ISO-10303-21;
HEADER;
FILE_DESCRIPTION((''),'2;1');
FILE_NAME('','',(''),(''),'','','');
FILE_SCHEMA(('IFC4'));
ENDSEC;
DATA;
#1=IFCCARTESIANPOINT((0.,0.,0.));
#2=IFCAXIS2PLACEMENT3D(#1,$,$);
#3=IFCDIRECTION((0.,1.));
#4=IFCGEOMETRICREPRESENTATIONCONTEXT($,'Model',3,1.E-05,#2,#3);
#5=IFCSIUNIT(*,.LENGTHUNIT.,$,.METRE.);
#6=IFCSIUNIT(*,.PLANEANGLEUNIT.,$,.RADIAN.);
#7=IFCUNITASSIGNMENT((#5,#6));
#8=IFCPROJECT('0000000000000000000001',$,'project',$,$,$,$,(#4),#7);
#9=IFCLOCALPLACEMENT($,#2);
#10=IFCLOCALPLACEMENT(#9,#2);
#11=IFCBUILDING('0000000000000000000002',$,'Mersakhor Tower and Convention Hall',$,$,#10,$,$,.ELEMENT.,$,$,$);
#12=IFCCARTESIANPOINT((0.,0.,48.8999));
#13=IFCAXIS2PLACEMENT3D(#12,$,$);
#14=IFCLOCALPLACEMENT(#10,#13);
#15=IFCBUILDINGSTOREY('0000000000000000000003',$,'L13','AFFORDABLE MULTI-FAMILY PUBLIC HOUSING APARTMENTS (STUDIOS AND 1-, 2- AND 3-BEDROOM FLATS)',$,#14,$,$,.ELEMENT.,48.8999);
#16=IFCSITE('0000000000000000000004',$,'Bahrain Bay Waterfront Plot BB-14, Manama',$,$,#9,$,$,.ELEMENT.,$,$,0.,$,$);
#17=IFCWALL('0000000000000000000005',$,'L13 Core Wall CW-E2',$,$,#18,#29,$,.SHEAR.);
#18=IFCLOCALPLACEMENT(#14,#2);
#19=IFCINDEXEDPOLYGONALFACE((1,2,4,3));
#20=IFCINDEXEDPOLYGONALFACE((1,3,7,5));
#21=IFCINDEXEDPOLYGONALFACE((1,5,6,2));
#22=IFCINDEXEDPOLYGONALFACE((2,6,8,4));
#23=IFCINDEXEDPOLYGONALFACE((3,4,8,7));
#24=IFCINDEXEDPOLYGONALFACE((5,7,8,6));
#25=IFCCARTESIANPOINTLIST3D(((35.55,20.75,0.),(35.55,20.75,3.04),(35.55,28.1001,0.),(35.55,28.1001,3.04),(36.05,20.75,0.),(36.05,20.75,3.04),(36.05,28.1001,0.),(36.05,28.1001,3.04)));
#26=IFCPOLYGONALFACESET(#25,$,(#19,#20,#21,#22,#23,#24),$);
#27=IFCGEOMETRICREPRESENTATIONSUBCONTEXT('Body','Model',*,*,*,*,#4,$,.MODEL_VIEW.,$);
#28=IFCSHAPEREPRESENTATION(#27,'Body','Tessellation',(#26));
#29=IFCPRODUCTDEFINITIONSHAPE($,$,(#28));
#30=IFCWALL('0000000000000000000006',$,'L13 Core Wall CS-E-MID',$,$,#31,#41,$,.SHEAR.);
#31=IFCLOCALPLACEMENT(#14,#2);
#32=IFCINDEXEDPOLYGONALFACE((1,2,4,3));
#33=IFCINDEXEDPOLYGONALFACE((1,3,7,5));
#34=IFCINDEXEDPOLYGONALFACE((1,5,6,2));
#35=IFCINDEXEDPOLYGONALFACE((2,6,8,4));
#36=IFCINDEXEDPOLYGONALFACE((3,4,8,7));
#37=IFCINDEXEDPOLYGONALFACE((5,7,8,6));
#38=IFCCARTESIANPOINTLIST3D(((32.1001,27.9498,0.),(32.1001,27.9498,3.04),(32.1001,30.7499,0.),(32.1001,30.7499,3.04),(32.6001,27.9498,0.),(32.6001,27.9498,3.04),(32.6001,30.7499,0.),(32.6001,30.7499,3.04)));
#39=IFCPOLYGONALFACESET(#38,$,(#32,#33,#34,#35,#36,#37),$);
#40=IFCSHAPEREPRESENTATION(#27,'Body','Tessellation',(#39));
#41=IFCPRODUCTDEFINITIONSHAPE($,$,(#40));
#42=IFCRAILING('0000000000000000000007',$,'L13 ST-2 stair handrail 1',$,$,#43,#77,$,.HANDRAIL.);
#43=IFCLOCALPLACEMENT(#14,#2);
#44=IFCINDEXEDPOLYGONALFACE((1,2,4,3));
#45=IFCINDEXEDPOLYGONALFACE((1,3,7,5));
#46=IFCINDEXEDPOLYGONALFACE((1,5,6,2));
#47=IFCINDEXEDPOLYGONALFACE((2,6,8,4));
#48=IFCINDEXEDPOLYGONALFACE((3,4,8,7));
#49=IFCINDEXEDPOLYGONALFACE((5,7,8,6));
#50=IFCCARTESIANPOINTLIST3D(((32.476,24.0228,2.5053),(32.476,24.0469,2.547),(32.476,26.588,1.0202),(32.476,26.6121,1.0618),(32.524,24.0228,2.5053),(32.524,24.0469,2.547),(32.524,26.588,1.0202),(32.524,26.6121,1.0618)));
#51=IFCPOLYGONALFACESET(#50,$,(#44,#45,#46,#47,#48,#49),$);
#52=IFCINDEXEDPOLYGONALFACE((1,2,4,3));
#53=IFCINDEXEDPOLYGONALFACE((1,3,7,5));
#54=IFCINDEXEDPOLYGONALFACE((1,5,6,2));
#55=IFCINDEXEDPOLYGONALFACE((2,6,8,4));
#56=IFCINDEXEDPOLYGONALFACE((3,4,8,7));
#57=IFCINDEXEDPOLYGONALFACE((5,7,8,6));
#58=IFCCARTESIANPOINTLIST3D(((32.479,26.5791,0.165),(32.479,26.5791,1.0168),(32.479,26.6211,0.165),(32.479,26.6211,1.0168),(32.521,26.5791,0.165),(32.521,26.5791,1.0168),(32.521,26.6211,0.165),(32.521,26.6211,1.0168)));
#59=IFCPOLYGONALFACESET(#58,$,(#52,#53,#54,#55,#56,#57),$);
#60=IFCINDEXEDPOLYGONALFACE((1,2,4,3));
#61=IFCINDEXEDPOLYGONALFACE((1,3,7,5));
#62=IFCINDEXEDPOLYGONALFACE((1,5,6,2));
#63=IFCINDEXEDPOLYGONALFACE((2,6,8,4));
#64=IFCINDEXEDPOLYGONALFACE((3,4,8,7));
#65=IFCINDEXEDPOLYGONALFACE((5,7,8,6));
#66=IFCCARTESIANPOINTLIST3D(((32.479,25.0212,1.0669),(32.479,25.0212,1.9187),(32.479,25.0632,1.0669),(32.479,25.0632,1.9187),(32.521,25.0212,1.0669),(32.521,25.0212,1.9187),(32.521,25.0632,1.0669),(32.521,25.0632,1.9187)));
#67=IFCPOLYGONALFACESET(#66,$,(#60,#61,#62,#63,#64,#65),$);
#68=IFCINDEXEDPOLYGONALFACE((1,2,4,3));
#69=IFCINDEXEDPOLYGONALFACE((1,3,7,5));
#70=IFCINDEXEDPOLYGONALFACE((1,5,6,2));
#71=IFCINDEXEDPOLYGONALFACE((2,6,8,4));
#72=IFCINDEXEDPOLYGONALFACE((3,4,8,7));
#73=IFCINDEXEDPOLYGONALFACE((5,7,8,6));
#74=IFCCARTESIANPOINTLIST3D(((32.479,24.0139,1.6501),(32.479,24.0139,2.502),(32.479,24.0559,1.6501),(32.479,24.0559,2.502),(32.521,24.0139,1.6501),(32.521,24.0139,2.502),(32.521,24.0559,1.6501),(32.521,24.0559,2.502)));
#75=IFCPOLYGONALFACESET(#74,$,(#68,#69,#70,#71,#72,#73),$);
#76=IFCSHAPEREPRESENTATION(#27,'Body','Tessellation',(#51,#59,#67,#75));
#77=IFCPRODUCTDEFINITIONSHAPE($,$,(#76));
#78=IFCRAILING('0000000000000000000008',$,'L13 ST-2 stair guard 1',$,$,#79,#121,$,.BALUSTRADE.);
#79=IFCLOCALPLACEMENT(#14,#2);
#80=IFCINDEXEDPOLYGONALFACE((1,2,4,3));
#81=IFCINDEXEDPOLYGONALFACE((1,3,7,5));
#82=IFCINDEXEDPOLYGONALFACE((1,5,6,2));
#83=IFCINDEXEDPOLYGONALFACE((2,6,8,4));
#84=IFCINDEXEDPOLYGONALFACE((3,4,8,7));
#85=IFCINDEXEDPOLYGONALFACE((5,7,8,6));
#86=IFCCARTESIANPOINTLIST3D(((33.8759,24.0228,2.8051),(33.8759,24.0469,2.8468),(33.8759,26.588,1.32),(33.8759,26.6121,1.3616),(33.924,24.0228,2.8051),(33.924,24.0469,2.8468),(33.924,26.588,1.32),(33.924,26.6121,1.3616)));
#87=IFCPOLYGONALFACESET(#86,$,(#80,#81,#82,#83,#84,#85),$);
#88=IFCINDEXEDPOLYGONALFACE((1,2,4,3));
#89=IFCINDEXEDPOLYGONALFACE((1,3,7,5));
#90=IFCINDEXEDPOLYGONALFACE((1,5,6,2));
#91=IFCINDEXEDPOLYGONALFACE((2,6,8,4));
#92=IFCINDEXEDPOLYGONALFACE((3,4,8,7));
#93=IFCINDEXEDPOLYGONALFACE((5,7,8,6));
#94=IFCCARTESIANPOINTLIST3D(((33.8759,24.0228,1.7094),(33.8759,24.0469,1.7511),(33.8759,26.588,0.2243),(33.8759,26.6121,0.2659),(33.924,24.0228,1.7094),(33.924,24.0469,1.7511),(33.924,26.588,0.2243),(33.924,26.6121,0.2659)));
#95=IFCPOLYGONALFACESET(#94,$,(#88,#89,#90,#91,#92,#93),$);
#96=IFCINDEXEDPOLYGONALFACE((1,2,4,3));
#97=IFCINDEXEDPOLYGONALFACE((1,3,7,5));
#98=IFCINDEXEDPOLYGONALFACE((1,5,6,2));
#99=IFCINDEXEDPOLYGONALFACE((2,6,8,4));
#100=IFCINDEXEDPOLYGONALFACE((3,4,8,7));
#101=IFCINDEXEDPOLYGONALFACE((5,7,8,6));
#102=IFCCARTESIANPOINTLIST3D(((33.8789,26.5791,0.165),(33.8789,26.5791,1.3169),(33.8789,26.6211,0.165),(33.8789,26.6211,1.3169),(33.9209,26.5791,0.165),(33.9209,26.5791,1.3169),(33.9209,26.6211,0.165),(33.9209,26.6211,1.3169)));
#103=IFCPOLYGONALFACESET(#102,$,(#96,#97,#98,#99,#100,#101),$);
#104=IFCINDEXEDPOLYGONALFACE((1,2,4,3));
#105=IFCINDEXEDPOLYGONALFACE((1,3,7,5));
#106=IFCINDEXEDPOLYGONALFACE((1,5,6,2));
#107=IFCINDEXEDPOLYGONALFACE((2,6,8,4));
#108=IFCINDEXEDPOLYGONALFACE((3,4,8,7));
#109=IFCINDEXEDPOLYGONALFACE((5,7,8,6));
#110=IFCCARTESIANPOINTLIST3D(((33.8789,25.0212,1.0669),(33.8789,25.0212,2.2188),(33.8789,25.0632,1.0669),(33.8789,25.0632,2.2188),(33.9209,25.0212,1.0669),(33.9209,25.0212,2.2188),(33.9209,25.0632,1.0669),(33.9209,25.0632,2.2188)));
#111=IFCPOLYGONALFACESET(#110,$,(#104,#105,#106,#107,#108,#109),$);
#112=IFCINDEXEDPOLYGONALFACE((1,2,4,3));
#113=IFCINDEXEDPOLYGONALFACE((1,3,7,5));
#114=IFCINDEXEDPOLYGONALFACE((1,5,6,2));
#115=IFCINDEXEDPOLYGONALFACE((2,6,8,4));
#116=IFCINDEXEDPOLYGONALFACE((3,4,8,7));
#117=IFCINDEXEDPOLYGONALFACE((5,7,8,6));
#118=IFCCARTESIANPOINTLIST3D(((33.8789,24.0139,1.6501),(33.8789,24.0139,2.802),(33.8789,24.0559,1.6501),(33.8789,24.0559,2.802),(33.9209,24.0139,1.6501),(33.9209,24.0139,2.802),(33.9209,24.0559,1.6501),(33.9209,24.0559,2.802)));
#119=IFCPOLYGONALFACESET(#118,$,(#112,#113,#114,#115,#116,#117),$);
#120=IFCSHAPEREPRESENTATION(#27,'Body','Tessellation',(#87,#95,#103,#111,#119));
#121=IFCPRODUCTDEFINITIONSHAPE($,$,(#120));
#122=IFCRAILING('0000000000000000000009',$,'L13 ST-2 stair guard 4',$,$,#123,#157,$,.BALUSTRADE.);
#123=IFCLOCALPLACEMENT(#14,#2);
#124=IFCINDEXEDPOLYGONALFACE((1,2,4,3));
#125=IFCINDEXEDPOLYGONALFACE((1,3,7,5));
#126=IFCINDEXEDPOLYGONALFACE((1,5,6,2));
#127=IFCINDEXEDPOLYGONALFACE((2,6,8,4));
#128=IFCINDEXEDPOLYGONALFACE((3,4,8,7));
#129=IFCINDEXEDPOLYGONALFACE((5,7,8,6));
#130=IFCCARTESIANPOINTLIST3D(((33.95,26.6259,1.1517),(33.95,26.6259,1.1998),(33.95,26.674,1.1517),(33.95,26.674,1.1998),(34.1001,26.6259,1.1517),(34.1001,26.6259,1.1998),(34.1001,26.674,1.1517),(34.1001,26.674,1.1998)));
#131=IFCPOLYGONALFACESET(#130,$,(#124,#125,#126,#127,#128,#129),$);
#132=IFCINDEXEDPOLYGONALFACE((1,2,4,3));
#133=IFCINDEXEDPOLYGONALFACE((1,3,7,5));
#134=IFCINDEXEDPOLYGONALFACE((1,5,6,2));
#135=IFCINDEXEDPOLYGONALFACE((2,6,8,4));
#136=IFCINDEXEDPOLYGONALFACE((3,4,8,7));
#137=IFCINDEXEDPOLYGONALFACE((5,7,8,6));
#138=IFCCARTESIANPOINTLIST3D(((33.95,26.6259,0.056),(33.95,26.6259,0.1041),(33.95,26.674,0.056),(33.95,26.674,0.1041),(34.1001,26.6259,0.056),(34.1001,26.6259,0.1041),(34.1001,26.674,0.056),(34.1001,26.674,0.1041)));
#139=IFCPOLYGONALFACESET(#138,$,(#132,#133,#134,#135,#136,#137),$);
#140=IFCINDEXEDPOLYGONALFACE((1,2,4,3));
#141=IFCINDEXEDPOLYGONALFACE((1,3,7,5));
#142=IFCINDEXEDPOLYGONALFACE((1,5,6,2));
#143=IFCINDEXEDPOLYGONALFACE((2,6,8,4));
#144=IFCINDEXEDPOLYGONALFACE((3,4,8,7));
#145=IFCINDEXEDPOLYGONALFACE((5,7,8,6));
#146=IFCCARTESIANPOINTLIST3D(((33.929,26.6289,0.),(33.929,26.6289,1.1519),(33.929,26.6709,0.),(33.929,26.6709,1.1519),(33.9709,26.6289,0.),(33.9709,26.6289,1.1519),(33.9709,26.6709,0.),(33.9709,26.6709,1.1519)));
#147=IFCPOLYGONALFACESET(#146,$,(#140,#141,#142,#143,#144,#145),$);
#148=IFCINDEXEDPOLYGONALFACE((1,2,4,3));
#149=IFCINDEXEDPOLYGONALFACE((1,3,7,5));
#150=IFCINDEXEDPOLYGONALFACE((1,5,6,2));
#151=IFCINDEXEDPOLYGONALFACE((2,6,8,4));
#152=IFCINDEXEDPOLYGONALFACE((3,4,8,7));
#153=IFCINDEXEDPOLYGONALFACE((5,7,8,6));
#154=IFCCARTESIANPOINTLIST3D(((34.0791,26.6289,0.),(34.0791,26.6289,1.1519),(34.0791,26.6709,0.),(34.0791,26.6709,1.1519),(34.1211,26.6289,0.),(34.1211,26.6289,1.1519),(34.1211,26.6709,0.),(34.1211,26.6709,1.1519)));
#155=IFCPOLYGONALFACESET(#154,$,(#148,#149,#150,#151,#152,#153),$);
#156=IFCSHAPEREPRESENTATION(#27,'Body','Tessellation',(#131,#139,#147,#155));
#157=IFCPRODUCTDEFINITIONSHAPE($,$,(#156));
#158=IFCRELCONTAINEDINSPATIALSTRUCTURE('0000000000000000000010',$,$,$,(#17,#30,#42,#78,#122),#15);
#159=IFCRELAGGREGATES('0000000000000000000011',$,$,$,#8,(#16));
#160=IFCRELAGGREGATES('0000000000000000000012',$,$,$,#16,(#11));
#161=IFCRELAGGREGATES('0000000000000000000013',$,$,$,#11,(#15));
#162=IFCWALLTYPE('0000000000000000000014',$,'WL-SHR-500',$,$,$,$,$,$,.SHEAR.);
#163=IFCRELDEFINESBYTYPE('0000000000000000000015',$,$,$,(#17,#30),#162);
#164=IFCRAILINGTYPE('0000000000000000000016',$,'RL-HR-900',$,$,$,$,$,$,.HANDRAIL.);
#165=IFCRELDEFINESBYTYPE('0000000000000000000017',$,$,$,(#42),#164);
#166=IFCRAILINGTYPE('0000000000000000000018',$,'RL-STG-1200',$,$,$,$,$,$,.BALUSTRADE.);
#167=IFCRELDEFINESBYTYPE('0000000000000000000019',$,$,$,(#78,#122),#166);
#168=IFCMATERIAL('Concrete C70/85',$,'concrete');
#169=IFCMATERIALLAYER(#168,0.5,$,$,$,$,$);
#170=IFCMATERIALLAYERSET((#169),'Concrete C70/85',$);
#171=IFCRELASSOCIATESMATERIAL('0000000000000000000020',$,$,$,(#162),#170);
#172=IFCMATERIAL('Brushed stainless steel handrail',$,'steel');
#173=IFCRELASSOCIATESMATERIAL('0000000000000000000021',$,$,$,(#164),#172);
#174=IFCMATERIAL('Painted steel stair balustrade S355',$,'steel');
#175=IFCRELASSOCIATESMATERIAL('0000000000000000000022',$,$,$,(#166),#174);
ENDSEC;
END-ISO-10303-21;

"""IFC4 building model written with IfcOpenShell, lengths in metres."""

from ifc_helpers import new_model, si_unit, direction, frame, frame_2d, origin, origin_2d, place, context, subcontext, project, spatial, rectangle, extrude, material, layer, layer_set, type_object, element, save


model = new_model("IFC4")

# Units and contexts
model_context = context("Model", 3, precision=1e-05, world=origin(), true_north=direction((0.0, 1.0)))
body_context = subcontext(model_context, "Body", "Model", "MODEL_VIEW")
ifc_project = project(units=[si_unit("LENGTHUNIT", "METRE"), si_unit("PLANEANGLEUNIT", "RADIAN")], contexts=[model_context])

# Site, building, storey
site_placement = place(None, origin())
site = spatial("IfcSite", under=ifc_project, at=site_placement, Name="Bahrain Bay Waterfront Plot BB-14, Manama", CompositionType="ELEMENT", RefElevation=0.0)
building_placement = place(site_placement, origin())
building = spatial("IfcBuilding", under=site, at=building_placement, Name="Mersakhor Tower and Convention Hall", CompositionType="ELEMENT")
storey_placement = place(building_placement, frame((0.0, 0.0, 48.8999)))
storey = spatial("IfcBuildingStorey", under=building, at=storey_placement, Name="L13", Description="AFFORDABLE MULTI-FAMILY PUBLIC HOUSING APARTMENTS (STUDIOS AND 1-, 2- AND 3-BEDROOM FLATS)", CompositionType="ELEMENT", Elevation=48.8999)

# Shared definitions
ifc_material_1 = material(Name="Concrete C70/85", Category="concrete")
ifc_layer_1 = layer(ifc_material_1, 0.5)
ifc_layer_set_1 = layer_set([ifc_layer_1], Name="Concrete C70/85")
wall_type_1 = type_object("IfcWallType", Name="WL-SHR-500", PredefinedType="SHEAR", material=ifc_layer_set_1)

# Walls
wall_1_placement = place(storey_placement, frame((35.8, 28.1001, 0.0), z_axis=(0.0, 0.0, 1.0), x_axis=(0.0, -1.0, 0.0)))
element("IfcWall", 1, at=wall_1_placement, inside=storey, type_object=wall_type_1, Name="L13 Core Wall CW-E2", PredefinedType="SHEAR", context=body_context, shape_type="SweptSolid", body=[
    extrude(rectangle(XDim=7.3501, YDim=0.5, at=frame_2d((3.675, 0.0))), origin(), (0.0, 0.0, 1.0), 3.04),
])
wall_2_placement = place(storey_placement, frame((32.3501, 27.95, 0.0), z_axis=(0.0, 0.0, 1.0), x_axis=(0.0, 1.0, 0.0)))
element("IfcWall", 2, at=wall_2_placement, inside=storey, type_object=wall_type_1, Name="L13 Core Wall CS-E-MID", PredefinedType="SHEAR", context=body_context, shape_type="SweptSolid", body=[
    extrude(rectangle(XDim=2.8, YDim=0.5, at=frame_2d((1.3999, 0.0))), origin(), (0.0, 0.0, 1.0), 3.04),
])

# Railings
ifc_material_2 = material(Name="Brushed stainless steel handrail", Category="steel")
railing_type_1 = type_object("IfcRailingType", Name="RL-HR-900", PredefinedType="HANDRAIL", material=ifc_material_2)
railing_1_placement = place(storey_placement, frame((32.5, 26.6001, 0.165)))
element("IfcRailing", 3, at=railing_1_placement, inside=storey, type_object=railing_type_1, Name="L13 ST-2 stair handrail 1", PredefinedType="HANDRAIL", context=body_context, shape_type="SweptSolid", body=[
    extrude(rectangle(XDim=0.0481, YDim=0.0481, at=origin_2d()), frame((0.0, 0.0, 0.876), z_axis=(0.0, -0.865426, 0.501036), x_axis=(1.0, 0.0, 0.0)), (0.0, 0.0, 1.0), 2.9641),
    extrude(rectangle(XDim=0.042, YDim=0.042, at=origin_2d()), origin(), (0.0, 0.0, 1.0), 0.8518),
    extrude(rectangle(XDim=0.042, YDim=0.042, at=origin_2d()), frame((0.0, -1.5579, 0.9019)), (0.0, 0.0, 1.0), 0.8518),
    extrude(rectangle(XDim=0.042, YDim=0.042, at=origin_2d()), frame((0.0, -2.5652, 1.4851)), (0.0, 0.0, 1.0), 0.8518),
])
ifc_material_3 = material(Name="Painted steel stair balustrade S355", Category="steel")
railing_type_2 = type_object("IfcRailingType", Name="RL-STG-1200", PredefinedType="BALUSTRADE", material=ifc_material_3)
railing_2_placement = place(storey_placement, frame((33.8999, 26.6001, 0.165)))
element("IfcRailing", 4, at=railing_2_placement, inside=storey, type_object=railing_type_2, Name="L13 ST-2 stair guard 1", PredefinedType="BALUSTRADE", context=body_context, shape_type="SweptSolid", body=[
    extrude(rectangle(XDim=0.0481, YDim=0.0481, at=origin_2d()), frame((0.0, 0.0, 1.1758), z_axis=(0.0, -0.865426, 0.501036), x_axis=(1.0, 0.0, 0.0)), (0.0, 0.0, 1.0), 2.9641),
    extrude(rectangle(XDim=0.0481, YDim=0.0481, at=origin_2d()), frame((0.0, 0.0, 0.0801), z_axis=(0.0, -0.865426, 0.501036), x_axis=(1.0, 0.0, 0.0)), (0.0, 0.0, 1.0), 2.9641),
    extrude(rectangle(XDim=0.042, YDim=0.042, at=origin_2d()), origin(), (0.0, 0.0, 1.0), 1.1519),
    extrude(rectangle(XDim=0.042, YDim=0.042, at=origin_2d()), frame((0.0, -1.5579, 0.9019)), (0.0, 0.0, 1.0), 1.1519),
    extrude(rectangle(XDim=0.042, YDim=0.042, at=origin_2d()), frame((0.0, -2.5652, 1.4851)), (0.0, 0.0, 1.0), 1.1519),
])
railing_3_placement = place(storey_placement, frame((33.95, 26.6499, 0.0)))
element("IfcRailing", 5, at=railing_3_placement, inside=storey, type_object=railing_type_2, Name="L13 ST-2 stair guard 4", PredefinedType="BALUSTRADE", context=body_context, shape_type="SweptSolid", body=[
    extrude(rectangle(XDim=0.0481, YDim=0.0481, at=origin_2d()), frame((0.0, 0.0, 1.1758), z_axis=(1.0, 0.0, 0.0), x_axis=(0.0, 1.0, 0.0)), (0.0, 0.0, 1.0), 0.1501),
    extrude(rectangle(XDim=0.0481, YDim=0.0481, at=origin_2d()), frame((0.0, 0.0, 0.0801), z_axis=(1.0, 0.0, 0.0), x_axis=(0.0, 1.0, 0.0)), (0.0, 0.0, 1.0), 0.1501),
    extrude(rectangle(XDim=0.042, YDim=0.042, at=origin_2d()), origin(), (0.0, 0.0, 1.0), 1.1519),
    extrude(rectangle(XDim=0.042, YDim=0.042, at=origin_2d()), frame((0.1501, 0.0, 0.0)), (0.0, 0.0, 1.0), 1.1519),
])

save(model, "model.ifc")
